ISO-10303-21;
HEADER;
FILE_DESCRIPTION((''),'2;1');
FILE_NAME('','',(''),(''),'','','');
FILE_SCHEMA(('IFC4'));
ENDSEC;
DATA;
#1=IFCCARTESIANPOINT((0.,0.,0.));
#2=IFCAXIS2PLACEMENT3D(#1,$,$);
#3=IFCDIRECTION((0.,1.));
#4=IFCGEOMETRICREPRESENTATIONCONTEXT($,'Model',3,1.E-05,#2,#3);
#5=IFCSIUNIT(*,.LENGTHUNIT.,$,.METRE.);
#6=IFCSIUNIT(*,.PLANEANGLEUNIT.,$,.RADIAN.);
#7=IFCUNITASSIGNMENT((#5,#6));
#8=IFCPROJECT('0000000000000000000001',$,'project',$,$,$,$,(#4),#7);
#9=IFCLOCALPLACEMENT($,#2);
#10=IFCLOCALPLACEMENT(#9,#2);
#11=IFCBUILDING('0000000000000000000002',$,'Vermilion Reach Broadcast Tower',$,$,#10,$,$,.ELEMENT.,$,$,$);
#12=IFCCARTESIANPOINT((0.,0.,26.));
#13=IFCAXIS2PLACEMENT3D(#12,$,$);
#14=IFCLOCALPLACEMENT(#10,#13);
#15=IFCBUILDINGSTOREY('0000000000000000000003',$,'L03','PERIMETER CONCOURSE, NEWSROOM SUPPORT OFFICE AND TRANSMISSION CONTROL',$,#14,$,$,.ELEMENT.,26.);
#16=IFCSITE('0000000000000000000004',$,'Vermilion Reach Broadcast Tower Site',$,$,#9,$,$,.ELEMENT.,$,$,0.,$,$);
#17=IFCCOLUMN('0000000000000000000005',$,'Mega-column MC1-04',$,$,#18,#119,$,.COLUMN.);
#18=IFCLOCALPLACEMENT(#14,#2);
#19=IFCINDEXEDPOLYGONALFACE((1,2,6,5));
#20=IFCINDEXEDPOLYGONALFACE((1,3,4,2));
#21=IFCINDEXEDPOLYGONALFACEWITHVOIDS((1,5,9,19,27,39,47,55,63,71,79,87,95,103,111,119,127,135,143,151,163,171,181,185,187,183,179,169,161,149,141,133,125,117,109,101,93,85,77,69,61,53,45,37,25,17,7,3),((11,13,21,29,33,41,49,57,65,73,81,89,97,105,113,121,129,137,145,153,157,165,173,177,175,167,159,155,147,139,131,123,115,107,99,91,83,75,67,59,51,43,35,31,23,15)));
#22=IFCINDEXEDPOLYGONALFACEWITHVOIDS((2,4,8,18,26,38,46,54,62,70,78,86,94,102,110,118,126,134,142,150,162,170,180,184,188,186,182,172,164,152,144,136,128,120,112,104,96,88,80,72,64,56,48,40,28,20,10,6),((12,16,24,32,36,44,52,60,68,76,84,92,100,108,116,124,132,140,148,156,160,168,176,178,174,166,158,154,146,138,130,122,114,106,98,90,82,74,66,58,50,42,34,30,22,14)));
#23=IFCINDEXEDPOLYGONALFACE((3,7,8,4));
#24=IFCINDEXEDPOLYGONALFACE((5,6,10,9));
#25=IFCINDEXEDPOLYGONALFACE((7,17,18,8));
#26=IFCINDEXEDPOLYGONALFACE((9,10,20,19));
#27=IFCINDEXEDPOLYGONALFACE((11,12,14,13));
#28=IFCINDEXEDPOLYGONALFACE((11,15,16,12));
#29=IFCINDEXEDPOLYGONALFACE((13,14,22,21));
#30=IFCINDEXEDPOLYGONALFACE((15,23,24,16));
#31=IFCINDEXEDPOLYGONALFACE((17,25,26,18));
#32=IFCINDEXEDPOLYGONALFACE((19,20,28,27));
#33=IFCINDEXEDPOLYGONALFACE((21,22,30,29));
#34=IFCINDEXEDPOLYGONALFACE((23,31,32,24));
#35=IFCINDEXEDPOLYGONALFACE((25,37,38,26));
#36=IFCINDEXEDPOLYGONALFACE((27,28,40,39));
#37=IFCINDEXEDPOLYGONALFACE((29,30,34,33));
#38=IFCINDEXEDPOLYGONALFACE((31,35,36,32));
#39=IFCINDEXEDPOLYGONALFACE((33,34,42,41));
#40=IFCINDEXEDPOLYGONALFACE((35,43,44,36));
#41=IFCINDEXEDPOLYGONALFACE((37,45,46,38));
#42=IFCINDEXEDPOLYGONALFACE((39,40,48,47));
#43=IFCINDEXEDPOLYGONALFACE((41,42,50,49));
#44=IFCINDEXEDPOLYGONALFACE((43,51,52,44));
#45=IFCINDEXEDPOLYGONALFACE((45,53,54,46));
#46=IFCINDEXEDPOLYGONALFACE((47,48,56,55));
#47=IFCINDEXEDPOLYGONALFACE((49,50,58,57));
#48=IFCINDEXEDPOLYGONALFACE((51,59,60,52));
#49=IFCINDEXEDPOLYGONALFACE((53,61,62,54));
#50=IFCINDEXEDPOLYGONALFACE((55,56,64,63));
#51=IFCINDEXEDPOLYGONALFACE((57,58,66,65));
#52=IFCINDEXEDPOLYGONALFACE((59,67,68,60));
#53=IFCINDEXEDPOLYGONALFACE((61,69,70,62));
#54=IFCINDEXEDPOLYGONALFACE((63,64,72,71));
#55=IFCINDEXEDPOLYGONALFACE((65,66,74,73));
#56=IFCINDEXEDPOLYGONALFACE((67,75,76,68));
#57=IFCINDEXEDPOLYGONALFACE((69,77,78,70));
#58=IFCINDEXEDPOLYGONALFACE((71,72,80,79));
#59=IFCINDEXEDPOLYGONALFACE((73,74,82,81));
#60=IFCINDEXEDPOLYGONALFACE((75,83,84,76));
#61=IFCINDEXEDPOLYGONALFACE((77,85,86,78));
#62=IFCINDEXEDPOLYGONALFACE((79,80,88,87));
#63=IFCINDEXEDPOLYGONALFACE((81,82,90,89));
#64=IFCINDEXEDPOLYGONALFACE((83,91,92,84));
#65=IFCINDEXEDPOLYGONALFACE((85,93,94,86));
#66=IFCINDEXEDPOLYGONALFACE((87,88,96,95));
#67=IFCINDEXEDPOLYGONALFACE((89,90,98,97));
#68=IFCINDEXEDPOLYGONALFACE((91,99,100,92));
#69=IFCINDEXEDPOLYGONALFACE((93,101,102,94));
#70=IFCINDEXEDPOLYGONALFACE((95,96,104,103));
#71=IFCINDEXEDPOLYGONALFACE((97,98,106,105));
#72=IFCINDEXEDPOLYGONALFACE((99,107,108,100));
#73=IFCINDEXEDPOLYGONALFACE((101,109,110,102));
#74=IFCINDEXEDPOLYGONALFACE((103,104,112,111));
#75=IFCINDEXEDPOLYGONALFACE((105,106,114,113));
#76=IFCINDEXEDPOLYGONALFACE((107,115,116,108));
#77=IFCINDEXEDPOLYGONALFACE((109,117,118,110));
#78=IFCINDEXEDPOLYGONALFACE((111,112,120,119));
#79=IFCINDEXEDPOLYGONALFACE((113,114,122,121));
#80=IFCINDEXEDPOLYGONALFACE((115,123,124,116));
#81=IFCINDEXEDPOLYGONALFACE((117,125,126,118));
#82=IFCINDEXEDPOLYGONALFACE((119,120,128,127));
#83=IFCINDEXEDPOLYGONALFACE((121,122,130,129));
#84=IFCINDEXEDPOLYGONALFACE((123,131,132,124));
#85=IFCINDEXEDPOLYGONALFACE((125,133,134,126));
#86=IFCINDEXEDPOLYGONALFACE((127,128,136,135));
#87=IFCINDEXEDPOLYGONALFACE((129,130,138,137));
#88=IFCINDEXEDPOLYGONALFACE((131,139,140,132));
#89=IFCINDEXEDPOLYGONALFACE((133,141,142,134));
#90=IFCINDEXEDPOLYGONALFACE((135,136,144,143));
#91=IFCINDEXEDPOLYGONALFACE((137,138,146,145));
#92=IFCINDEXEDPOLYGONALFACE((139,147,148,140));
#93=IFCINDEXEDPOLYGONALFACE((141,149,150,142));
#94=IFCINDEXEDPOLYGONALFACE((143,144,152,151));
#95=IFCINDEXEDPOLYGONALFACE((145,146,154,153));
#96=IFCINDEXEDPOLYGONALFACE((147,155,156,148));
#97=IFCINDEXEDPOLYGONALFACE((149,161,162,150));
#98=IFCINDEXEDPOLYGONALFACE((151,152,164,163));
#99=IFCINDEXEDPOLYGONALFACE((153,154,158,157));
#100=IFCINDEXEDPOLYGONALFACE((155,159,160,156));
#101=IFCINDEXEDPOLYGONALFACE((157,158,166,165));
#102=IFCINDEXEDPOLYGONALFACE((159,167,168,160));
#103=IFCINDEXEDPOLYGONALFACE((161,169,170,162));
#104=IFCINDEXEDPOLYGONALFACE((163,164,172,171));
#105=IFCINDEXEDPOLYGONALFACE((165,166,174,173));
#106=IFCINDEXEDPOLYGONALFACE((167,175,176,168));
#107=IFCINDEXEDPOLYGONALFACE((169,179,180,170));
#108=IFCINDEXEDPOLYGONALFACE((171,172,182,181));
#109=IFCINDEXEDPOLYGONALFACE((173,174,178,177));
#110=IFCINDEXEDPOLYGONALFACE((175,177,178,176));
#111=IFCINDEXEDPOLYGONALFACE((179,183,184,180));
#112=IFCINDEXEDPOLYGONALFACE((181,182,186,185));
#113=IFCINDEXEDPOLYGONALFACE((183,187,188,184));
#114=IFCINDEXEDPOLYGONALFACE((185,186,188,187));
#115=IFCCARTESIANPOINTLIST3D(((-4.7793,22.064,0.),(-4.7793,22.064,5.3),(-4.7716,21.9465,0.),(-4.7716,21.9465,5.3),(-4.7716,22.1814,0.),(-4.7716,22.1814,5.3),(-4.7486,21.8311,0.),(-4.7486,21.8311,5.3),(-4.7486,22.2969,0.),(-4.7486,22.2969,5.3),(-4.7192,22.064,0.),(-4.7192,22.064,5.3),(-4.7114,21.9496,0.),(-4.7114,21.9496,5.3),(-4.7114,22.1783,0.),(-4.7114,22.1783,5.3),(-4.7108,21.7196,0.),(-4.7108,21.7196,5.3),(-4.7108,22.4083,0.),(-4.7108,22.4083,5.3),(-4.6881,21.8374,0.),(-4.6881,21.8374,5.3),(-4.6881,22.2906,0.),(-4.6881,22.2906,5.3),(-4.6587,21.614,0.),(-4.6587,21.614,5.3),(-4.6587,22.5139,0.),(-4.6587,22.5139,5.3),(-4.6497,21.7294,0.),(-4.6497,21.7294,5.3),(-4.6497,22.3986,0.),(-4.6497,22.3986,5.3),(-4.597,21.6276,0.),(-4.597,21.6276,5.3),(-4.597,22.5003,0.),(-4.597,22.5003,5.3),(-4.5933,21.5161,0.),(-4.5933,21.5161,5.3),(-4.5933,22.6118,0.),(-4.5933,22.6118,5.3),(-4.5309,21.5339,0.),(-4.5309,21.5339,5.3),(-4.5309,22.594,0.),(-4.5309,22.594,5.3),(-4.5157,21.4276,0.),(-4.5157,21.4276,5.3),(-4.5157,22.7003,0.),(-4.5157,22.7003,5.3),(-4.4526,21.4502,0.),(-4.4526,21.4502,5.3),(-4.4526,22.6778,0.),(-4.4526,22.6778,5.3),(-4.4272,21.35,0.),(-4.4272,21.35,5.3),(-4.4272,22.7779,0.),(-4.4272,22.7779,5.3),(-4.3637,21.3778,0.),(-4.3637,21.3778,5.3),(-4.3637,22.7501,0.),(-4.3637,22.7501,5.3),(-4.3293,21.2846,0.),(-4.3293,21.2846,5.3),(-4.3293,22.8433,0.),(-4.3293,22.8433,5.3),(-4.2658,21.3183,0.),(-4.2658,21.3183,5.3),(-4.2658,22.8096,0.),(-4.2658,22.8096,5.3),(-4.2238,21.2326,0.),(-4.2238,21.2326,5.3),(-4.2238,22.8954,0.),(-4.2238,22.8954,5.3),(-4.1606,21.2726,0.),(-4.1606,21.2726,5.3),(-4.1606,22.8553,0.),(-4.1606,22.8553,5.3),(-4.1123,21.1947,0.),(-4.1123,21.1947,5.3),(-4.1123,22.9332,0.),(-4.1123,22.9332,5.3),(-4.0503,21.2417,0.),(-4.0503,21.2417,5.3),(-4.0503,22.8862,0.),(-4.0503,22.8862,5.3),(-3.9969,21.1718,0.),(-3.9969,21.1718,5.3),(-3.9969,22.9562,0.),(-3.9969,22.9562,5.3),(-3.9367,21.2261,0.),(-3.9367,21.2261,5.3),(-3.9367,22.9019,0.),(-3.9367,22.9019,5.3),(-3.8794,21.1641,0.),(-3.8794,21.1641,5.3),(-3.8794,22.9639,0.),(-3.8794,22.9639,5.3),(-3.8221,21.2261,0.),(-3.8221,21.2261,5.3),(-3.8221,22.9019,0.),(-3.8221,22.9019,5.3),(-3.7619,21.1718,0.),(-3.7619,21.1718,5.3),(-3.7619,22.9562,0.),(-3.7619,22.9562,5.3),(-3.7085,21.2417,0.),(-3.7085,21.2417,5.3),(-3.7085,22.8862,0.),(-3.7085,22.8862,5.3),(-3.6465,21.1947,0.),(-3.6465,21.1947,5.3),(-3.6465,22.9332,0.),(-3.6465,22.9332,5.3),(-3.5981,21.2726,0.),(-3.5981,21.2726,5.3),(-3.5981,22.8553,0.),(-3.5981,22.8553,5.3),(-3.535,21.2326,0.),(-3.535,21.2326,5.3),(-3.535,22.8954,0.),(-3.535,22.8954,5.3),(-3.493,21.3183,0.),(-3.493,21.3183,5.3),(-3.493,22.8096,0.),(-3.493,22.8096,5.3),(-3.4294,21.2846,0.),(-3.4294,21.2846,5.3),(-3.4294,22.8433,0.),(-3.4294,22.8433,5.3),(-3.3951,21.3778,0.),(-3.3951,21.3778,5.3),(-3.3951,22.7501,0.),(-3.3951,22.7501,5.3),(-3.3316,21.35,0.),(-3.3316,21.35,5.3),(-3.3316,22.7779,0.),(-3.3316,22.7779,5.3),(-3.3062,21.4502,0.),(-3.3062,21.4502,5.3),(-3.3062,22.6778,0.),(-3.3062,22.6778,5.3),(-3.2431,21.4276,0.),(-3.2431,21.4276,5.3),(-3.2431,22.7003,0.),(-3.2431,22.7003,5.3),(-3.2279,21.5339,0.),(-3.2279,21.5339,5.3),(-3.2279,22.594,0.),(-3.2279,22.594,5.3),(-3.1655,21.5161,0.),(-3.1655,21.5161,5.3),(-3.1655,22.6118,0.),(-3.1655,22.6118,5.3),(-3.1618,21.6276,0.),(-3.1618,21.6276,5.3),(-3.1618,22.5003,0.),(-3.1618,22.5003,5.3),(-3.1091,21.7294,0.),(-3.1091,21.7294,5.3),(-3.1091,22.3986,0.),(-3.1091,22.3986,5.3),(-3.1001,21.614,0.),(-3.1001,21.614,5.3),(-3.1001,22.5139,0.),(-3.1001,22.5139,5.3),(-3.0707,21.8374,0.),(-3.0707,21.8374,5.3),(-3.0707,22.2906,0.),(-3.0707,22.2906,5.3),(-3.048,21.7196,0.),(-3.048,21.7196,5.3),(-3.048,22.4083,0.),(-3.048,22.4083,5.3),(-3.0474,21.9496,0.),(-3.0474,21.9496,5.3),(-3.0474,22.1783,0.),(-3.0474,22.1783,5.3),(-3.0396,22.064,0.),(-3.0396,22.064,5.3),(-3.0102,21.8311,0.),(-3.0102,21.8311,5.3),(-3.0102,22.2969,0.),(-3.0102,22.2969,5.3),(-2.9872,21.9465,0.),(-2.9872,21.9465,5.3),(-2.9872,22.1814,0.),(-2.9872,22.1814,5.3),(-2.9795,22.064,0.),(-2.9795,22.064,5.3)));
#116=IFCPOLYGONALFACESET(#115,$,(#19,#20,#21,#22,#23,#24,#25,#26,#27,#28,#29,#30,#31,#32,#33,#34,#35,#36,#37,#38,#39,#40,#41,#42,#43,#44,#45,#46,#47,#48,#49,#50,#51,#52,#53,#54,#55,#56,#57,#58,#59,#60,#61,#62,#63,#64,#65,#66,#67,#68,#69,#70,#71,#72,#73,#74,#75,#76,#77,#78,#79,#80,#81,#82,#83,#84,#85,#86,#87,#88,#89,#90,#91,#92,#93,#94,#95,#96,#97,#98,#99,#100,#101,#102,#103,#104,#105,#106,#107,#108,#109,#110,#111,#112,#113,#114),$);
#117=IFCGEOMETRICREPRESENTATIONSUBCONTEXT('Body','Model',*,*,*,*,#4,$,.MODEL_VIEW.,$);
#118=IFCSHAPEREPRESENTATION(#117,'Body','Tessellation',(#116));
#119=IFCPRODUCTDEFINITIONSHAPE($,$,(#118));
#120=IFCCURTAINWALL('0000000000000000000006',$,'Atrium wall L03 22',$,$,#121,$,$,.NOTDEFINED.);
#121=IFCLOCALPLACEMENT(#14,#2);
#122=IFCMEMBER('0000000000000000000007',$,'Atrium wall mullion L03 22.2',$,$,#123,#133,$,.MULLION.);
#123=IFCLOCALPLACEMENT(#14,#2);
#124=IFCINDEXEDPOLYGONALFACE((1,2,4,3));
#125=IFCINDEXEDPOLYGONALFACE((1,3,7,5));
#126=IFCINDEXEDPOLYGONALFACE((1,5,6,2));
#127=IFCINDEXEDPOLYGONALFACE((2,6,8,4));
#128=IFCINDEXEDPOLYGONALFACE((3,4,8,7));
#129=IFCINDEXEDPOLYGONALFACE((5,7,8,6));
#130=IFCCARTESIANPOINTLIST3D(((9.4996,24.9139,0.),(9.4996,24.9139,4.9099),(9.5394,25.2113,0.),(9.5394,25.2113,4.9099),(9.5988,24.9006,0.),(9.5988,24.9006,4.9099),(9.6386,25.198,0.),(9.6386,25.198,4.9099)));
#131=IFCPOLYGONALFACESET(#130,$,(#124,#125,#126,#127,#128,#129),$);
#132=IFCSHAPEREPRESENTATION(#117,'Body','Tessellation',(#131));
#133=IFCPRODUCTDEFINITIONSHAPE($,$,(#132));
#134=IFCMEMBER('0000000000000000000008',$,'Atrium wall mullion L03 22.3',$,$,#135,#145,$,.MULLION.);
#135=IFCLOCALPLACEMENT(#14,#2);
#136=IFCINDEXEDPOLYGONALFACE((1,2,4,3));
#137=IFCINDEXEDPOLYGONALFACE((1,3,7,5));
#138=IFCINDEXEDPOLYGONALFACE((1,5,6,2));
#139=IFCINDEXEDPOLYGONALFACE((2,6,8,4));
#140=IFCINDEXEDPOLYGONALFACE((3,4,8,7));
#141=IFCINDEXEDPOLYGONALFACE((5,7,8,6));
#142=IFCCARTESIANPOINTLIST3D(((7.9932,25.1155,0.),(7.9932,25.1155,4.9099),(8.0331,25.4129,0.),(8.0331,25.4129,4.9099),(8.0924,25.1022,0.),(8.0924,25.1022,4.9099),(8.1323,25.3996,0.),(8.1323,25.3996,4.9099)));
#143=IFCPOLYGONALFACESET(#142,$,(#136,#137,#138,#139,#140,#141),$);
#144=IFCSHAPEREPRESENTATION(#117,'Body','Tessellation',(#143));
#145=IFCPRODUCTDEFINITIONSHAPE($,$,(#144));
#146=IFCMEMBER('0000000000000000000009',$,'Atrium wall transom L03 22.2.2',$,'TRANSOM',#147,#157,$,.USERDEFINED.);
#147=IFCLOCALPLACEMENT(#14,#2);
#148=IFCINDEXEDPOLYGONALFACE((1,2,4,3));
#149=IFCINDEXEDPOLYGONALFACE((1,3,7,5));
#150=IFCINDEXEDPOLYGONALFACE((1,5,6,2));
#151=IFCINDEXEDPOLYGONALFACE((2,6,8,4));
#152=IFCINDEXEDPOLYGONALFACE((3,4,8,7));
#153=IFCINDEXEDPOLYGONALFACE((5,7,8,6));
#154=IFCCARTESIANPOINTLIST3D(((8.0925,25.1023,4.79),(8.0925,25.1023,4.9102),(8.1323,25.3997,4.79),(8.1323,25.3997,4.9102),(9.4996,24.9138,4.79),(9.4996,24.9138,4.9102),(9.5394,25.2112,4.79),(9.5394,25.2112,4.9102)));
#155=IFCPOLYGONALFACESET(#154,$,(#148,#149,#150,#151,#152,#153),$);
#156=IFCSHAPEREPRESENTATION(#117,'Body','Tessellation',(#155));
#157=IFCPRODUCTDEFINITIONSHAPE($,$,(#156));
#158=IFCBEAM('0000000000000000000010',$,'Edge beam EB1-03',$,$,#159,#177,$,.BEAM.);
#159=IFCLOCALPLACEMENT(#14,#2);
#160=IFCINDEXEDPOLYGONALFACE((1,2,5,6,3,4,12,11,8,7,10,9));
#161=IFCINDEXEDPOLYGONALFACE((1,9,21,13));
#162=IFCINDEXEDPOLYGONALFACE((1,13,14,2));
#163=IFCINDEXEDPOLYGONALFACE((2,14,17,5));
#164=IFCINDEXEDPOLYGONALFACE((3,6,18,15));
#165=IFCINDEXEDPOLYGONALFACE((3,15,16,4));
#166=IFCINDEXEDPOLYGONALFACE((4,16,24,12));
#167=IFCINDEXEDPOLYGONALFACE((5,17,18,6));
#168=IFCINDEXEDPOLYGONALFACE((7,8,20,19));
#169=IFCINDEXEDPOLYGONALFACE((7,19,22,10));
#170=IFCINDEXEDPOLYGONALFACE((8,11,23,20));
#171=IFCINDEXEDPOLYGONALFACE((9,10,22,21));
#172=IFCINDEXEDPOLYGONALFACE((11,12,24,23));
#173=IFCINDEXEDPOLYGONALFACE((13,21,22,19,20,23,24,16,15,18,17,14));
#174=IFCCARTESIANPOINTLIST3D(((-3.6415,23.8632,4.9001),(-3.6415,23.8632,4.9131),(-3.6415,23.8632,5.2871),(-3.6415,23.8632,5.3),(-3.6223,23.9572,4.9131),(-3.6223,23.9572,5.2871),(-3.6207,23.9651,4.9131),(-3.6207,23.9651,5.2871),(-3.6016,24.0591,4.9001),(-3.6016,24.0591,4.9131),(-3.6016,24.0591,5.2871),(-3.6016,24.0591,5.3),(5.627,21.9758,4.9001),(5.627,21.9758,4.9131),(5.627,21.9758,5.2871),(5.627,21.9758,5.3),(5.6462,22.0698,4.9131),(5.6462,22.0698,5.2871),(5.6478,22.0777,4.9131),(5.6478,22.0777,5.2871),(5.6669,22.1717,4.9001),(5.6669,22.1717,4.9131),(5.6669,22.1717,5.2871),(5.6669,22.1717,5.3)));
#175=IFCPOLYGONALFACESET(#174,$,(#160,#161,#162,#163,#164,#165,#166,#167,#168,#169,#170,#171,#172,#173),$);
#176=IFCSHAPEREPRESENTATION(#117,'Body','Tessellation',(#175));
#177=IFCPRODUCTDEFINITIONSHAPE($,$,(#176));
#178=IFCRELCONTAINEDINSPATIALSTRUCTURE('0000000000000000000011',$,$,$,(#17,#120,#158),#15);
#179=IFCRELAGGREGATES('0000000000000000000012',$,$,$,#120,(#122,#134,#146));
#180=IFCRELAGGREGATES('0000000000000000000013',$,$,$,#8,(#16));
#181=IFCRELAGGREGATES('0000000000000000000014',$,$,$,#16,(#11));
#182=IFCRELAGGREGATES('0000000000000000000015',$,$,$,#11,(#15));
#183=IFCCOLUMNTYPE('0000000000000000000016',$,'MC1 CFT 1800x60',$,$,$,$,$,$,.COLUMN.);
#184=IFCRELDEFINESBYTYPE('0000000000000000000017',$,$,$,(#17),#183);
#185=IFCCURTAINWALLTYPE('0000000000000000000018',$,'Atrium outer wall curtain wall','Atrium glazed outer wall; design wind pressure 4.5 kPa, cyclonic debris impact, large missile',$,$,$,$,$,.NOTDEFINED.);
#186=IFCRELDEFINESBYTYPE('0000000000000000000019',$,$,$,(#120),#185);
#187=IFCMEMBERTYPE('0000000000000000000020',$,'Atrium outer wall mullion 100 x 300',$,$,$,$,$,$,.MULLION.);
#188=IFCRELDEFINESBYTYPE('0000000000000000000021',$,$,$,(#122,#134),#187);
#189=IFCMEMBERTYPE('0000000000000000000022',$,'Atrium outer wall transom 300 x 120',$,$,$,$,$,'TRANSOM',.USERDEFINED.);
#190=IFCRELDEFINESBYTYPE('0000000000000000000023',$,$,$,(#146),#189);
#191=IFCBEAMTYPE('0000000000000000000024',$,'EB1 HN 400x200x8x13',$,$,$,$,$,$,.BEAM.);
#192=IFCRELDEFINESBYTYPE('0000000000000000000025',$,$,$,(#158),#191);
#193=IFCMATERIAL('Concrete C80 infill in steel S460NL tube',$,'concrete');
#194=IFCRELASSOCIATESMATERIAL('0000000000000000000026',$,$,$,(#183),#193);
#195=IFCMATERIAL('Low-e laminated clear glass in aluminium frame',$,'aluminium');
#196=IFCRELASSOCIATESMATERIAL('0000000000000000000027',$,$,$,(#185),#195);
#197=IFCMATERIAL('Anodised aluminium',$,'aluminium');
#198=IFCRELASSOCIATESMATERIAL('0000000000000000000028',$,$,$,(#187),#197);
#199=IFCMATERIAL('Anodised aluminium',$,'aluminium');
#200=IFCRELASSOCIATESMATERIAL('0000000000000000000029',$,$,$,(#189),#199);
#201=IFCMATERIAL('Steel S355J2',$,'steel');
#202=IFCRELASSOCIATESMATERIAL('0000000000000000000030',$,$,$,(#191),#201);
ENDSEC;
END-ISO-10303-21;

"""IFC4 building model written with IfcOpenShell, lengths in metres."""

from ifc_helpers import new_model, si_unit, direction, frame, origin, origin_2d, place, context, subcontext, project, spatial, rectangle, hollow_circle, i_section, extrude, material, material_profile, profile_set, type_object, element, aggregate, save


model = new_model("IFC4")

# Units and contexts
model_context = context("Model", 3, precision=1e-05, world=origin(), true_north=direction((0.0, 1.0)))
body_context = subcontext(model_context, "Body", "Model", "MODEL_VIEW")
ifc_project = project(units=[si_unit("LENGTHUNIT", "METRE"), si_unit("PLANEANGLEUNIT", "RADIAN")], contexts=[model_context])

# Site, building, storey
site_placement = place(None, origin())
site = spatial("IfcSite", under=ifc_project, at=site_placement, Name="Vermilion Reach Broadcast Tower Site", CompositionType="ELEMENT", RefElevation=0.0)
building_placement = place(site_placement, origin())
building = spatial("IfcBuilding", under=site, at=building_placement, Name="Vermilion Reach Broadcast Tower", CompositionType="ELEMENT")
storey_placement = place(building_placement, frame((0.0, 0.0, 26.0)))
storey = spatial("IfcBuildingStorey", under=building, at=storey_placement, Name="L03", Description="PERIMETER CONCOURSE, NEWSROOM SUPPORT OFFICE AND TRANSMISSION CONTROL", CompositionType="ELEMENT", Elevation=26.0)

# Column
ifc_material_1 = material(Name="Concrete C80 infill in steel S460NL tube", Category="concrete")
ifc_material_profile_1 = material_profile(ifc_material_1, hollow_circle(Radius=0.8999, WallThickness=0.0601, at=origin_2d()), Name="Concrete C80 infill in steel S460NL tube CFT 1800x60")
ifc_profile_set_1 = profile_set([ifc_material_profile_1], Name="Concrete C80 infill in steel S460NL tube")
column_type = type_object("IfcColumnType", Name="MC1 CFT 1800x60", PredefinedType="COLUMN", material=ifc_profile_set_1)
column_placement = place(storey_placement, frame((-3.8794, 22.064, 0.0), z_axis=(0.0, 0.0, 1.0), x_axis=(1.0, 0.0, 0.0)))
element("IfcColumn", 1, at=column_placement, inside=storey, type_object=column_type, Name="Mega-column MC1-04", PredefinedType="COLUMN", context=body_context, shape_type="SweptSolid", body=[
    extrude(hollow_circle(Radius=0.8999, WallThickness=0.0601, at=origin_2d()), origin(), (0.0, 0.0, 1.0), 5.3),
])

# Curtain wall, members
ifc_material_2 = material(Name="Low-e laminated clear glass in aluminium frame", Category="aluminium")
curtain_wall_type = type_object("IfcCurtainWallType", Name="Atrium outer wall curtain wall", Description="Atrium glazed outer wall; design wind pressure 4.5 kPa, cyclonic debris impact, large missile", PredefinedType="NOTDEFINED", material=ifc_material_2)
curtain_wall_placement = place(storey_placement, origin())
curtain_wall = element("IfcCurtainWall", 2, at=curtain_wall_placement, inside=storey, type_object=curtain_wall_type, Name="Atrium wall L03 22", PredefinedType="NOTDEFINED")
ifc_material_3 = material(Name="Anodised aluminium", Category="aluminium")
ifc_material_profile_2 = material_profile(ifc_material_3, rectangle(XDim=0.3, YDim=0.1001, at=origin_2d()), Name="Atrium outer wall mullion 100 x 300")
ifc_profile_set_2 = profile_set([ifc_material_profile_2], Name="Anodised aluminium")
member_type_1 = type_object("IfcMemberType", Name="Atrium outer wall mullion 100 x 300", PredefinedType="MULLION", material=ifc_profile_set_2)
member_1_placement = place(storey_placement, frame((9.5691, 25.0559, 0.0), z_axis=(0.0, 0.0, 1.0), x_axis=(-0.132794, -0.991144, 0.0)))
member_1 = element("IfcMember", 3, at=member_1_placement, type_object=member_type_1, Name="Atrium wall mullion L03 22.2", PredefinedType="MULLION", context=body_context, shape_type="SweptSolid", body=[
    extrude(rectangle(XDim=0.3, YDim=0.1001, at=origin_2d()), origin(), (0.0, 0.0, 1.0), 4.9099),
])
member_2_placement = place(storey_placement, frame((8.0627, 25.2576, 0.0), z_axis=(0.0, 0.0, 1.0), x_axis=(-0.132794, -0.991144, 0.0)))
member_2 = element("IfcMember", 4, at=member_2_placement, type_object=member_type_1, Name="Atrium wall mullion L03 22.3", PredefinedType="MULLION", context=body_context, shape_type="SweptSolid", body=[
    extrude(rectangle(XDim=0.3, YDim=0.1001, at=origin_2d()), origin(), (0.0, 0.0, 1.0), 4.9099),
])
ifc_material_4 = material(Name="Anodised aluminium", Category="aluminium")
ifc_material_profile_3 = material_profile(ifc_material_4, rectangle(XDim=0.3, YDim=0.1201, at=origin_2d()), Name="Atrium outer wall transom 300 x 120")
ifc_profile_set_3 = profile_set([ifc_material_profile_3], Name="Anodised aluminium")
member_type_2 = type_object("IfcMemberType", Name="Atrium outer wall transom 300 x 120", ElementType="TRANSOM", PredefinedType="USERDEFINED", material=ifc_profile_set_3)
member_3_placement = place(storey_placement, frame((9.5195, 25.0625, 4.8501), z_axis=(-0.99115, 0.132749, 0.0), x_axis=(-0.132749, -0.99115, 0.0)))
member_3 = element("IfcMember", 5, at=member_3_placement, type_object=member_type_2, Name="Atrium wall transom L03 22.2.2", ObjectType="TRANSOM", PredefinedType="USERDEFINED", context=body_context, shape_type="SweptSolid", body=[
    extrude(rectangle(XDim=0.3, YDim=0.1201, at=origin_2d()), origin(), (0.0, 0.0, 1.0), 1.4197),
])

# Beam
ifc_material_5 = material(Name="Steel S355J2", Category="steel")
ifc_material_profile_4 = material_profile(ifc_material_5, i_section(OverallWidth=0.2, OverallDepth=0.3999, WebThickness=0.0081, FlangeThickness=0.0129, at=origin_2d()), Name="S355J2 HN 400x200x8x13")
ifc_profile_set_4 = profile_set([ifc_material_profile_4], Name="Steel S355J2")
beam_type_1 = type_object("IfcBeamType", Name="EB1 HN 400x200x8x13", PredefinedType="BEAM", material=ifc_profile_set_4)
beam_1_placement = place(storey_placement, frame((5.647, 22.0737, 5.1001), z_axis=(-0.979889, 0.199545, 0.0), x_axis=(-0.199545, -0.979889, 0.0)))
element("IfcBeam", 6, at=beam_1_placement, inside=storey, type_object=beam_type_1, Name="Edge beam EB1-03", PredefinedType="BEAM", context=body_context, shape_type="SweptSolid", body=[
    extrude(i_section(OverallWidth=0.2, OverallDepth=0.3999, WebThickness=0.0081, FlangeThickness=0.0129, at=origin_2d()), origin(), (0.0, 0.0, 1.0), 9.4587),
])

aggregate(curtain_wall, [member_1, member_2, member_3])

save(model, "model.ifc")
